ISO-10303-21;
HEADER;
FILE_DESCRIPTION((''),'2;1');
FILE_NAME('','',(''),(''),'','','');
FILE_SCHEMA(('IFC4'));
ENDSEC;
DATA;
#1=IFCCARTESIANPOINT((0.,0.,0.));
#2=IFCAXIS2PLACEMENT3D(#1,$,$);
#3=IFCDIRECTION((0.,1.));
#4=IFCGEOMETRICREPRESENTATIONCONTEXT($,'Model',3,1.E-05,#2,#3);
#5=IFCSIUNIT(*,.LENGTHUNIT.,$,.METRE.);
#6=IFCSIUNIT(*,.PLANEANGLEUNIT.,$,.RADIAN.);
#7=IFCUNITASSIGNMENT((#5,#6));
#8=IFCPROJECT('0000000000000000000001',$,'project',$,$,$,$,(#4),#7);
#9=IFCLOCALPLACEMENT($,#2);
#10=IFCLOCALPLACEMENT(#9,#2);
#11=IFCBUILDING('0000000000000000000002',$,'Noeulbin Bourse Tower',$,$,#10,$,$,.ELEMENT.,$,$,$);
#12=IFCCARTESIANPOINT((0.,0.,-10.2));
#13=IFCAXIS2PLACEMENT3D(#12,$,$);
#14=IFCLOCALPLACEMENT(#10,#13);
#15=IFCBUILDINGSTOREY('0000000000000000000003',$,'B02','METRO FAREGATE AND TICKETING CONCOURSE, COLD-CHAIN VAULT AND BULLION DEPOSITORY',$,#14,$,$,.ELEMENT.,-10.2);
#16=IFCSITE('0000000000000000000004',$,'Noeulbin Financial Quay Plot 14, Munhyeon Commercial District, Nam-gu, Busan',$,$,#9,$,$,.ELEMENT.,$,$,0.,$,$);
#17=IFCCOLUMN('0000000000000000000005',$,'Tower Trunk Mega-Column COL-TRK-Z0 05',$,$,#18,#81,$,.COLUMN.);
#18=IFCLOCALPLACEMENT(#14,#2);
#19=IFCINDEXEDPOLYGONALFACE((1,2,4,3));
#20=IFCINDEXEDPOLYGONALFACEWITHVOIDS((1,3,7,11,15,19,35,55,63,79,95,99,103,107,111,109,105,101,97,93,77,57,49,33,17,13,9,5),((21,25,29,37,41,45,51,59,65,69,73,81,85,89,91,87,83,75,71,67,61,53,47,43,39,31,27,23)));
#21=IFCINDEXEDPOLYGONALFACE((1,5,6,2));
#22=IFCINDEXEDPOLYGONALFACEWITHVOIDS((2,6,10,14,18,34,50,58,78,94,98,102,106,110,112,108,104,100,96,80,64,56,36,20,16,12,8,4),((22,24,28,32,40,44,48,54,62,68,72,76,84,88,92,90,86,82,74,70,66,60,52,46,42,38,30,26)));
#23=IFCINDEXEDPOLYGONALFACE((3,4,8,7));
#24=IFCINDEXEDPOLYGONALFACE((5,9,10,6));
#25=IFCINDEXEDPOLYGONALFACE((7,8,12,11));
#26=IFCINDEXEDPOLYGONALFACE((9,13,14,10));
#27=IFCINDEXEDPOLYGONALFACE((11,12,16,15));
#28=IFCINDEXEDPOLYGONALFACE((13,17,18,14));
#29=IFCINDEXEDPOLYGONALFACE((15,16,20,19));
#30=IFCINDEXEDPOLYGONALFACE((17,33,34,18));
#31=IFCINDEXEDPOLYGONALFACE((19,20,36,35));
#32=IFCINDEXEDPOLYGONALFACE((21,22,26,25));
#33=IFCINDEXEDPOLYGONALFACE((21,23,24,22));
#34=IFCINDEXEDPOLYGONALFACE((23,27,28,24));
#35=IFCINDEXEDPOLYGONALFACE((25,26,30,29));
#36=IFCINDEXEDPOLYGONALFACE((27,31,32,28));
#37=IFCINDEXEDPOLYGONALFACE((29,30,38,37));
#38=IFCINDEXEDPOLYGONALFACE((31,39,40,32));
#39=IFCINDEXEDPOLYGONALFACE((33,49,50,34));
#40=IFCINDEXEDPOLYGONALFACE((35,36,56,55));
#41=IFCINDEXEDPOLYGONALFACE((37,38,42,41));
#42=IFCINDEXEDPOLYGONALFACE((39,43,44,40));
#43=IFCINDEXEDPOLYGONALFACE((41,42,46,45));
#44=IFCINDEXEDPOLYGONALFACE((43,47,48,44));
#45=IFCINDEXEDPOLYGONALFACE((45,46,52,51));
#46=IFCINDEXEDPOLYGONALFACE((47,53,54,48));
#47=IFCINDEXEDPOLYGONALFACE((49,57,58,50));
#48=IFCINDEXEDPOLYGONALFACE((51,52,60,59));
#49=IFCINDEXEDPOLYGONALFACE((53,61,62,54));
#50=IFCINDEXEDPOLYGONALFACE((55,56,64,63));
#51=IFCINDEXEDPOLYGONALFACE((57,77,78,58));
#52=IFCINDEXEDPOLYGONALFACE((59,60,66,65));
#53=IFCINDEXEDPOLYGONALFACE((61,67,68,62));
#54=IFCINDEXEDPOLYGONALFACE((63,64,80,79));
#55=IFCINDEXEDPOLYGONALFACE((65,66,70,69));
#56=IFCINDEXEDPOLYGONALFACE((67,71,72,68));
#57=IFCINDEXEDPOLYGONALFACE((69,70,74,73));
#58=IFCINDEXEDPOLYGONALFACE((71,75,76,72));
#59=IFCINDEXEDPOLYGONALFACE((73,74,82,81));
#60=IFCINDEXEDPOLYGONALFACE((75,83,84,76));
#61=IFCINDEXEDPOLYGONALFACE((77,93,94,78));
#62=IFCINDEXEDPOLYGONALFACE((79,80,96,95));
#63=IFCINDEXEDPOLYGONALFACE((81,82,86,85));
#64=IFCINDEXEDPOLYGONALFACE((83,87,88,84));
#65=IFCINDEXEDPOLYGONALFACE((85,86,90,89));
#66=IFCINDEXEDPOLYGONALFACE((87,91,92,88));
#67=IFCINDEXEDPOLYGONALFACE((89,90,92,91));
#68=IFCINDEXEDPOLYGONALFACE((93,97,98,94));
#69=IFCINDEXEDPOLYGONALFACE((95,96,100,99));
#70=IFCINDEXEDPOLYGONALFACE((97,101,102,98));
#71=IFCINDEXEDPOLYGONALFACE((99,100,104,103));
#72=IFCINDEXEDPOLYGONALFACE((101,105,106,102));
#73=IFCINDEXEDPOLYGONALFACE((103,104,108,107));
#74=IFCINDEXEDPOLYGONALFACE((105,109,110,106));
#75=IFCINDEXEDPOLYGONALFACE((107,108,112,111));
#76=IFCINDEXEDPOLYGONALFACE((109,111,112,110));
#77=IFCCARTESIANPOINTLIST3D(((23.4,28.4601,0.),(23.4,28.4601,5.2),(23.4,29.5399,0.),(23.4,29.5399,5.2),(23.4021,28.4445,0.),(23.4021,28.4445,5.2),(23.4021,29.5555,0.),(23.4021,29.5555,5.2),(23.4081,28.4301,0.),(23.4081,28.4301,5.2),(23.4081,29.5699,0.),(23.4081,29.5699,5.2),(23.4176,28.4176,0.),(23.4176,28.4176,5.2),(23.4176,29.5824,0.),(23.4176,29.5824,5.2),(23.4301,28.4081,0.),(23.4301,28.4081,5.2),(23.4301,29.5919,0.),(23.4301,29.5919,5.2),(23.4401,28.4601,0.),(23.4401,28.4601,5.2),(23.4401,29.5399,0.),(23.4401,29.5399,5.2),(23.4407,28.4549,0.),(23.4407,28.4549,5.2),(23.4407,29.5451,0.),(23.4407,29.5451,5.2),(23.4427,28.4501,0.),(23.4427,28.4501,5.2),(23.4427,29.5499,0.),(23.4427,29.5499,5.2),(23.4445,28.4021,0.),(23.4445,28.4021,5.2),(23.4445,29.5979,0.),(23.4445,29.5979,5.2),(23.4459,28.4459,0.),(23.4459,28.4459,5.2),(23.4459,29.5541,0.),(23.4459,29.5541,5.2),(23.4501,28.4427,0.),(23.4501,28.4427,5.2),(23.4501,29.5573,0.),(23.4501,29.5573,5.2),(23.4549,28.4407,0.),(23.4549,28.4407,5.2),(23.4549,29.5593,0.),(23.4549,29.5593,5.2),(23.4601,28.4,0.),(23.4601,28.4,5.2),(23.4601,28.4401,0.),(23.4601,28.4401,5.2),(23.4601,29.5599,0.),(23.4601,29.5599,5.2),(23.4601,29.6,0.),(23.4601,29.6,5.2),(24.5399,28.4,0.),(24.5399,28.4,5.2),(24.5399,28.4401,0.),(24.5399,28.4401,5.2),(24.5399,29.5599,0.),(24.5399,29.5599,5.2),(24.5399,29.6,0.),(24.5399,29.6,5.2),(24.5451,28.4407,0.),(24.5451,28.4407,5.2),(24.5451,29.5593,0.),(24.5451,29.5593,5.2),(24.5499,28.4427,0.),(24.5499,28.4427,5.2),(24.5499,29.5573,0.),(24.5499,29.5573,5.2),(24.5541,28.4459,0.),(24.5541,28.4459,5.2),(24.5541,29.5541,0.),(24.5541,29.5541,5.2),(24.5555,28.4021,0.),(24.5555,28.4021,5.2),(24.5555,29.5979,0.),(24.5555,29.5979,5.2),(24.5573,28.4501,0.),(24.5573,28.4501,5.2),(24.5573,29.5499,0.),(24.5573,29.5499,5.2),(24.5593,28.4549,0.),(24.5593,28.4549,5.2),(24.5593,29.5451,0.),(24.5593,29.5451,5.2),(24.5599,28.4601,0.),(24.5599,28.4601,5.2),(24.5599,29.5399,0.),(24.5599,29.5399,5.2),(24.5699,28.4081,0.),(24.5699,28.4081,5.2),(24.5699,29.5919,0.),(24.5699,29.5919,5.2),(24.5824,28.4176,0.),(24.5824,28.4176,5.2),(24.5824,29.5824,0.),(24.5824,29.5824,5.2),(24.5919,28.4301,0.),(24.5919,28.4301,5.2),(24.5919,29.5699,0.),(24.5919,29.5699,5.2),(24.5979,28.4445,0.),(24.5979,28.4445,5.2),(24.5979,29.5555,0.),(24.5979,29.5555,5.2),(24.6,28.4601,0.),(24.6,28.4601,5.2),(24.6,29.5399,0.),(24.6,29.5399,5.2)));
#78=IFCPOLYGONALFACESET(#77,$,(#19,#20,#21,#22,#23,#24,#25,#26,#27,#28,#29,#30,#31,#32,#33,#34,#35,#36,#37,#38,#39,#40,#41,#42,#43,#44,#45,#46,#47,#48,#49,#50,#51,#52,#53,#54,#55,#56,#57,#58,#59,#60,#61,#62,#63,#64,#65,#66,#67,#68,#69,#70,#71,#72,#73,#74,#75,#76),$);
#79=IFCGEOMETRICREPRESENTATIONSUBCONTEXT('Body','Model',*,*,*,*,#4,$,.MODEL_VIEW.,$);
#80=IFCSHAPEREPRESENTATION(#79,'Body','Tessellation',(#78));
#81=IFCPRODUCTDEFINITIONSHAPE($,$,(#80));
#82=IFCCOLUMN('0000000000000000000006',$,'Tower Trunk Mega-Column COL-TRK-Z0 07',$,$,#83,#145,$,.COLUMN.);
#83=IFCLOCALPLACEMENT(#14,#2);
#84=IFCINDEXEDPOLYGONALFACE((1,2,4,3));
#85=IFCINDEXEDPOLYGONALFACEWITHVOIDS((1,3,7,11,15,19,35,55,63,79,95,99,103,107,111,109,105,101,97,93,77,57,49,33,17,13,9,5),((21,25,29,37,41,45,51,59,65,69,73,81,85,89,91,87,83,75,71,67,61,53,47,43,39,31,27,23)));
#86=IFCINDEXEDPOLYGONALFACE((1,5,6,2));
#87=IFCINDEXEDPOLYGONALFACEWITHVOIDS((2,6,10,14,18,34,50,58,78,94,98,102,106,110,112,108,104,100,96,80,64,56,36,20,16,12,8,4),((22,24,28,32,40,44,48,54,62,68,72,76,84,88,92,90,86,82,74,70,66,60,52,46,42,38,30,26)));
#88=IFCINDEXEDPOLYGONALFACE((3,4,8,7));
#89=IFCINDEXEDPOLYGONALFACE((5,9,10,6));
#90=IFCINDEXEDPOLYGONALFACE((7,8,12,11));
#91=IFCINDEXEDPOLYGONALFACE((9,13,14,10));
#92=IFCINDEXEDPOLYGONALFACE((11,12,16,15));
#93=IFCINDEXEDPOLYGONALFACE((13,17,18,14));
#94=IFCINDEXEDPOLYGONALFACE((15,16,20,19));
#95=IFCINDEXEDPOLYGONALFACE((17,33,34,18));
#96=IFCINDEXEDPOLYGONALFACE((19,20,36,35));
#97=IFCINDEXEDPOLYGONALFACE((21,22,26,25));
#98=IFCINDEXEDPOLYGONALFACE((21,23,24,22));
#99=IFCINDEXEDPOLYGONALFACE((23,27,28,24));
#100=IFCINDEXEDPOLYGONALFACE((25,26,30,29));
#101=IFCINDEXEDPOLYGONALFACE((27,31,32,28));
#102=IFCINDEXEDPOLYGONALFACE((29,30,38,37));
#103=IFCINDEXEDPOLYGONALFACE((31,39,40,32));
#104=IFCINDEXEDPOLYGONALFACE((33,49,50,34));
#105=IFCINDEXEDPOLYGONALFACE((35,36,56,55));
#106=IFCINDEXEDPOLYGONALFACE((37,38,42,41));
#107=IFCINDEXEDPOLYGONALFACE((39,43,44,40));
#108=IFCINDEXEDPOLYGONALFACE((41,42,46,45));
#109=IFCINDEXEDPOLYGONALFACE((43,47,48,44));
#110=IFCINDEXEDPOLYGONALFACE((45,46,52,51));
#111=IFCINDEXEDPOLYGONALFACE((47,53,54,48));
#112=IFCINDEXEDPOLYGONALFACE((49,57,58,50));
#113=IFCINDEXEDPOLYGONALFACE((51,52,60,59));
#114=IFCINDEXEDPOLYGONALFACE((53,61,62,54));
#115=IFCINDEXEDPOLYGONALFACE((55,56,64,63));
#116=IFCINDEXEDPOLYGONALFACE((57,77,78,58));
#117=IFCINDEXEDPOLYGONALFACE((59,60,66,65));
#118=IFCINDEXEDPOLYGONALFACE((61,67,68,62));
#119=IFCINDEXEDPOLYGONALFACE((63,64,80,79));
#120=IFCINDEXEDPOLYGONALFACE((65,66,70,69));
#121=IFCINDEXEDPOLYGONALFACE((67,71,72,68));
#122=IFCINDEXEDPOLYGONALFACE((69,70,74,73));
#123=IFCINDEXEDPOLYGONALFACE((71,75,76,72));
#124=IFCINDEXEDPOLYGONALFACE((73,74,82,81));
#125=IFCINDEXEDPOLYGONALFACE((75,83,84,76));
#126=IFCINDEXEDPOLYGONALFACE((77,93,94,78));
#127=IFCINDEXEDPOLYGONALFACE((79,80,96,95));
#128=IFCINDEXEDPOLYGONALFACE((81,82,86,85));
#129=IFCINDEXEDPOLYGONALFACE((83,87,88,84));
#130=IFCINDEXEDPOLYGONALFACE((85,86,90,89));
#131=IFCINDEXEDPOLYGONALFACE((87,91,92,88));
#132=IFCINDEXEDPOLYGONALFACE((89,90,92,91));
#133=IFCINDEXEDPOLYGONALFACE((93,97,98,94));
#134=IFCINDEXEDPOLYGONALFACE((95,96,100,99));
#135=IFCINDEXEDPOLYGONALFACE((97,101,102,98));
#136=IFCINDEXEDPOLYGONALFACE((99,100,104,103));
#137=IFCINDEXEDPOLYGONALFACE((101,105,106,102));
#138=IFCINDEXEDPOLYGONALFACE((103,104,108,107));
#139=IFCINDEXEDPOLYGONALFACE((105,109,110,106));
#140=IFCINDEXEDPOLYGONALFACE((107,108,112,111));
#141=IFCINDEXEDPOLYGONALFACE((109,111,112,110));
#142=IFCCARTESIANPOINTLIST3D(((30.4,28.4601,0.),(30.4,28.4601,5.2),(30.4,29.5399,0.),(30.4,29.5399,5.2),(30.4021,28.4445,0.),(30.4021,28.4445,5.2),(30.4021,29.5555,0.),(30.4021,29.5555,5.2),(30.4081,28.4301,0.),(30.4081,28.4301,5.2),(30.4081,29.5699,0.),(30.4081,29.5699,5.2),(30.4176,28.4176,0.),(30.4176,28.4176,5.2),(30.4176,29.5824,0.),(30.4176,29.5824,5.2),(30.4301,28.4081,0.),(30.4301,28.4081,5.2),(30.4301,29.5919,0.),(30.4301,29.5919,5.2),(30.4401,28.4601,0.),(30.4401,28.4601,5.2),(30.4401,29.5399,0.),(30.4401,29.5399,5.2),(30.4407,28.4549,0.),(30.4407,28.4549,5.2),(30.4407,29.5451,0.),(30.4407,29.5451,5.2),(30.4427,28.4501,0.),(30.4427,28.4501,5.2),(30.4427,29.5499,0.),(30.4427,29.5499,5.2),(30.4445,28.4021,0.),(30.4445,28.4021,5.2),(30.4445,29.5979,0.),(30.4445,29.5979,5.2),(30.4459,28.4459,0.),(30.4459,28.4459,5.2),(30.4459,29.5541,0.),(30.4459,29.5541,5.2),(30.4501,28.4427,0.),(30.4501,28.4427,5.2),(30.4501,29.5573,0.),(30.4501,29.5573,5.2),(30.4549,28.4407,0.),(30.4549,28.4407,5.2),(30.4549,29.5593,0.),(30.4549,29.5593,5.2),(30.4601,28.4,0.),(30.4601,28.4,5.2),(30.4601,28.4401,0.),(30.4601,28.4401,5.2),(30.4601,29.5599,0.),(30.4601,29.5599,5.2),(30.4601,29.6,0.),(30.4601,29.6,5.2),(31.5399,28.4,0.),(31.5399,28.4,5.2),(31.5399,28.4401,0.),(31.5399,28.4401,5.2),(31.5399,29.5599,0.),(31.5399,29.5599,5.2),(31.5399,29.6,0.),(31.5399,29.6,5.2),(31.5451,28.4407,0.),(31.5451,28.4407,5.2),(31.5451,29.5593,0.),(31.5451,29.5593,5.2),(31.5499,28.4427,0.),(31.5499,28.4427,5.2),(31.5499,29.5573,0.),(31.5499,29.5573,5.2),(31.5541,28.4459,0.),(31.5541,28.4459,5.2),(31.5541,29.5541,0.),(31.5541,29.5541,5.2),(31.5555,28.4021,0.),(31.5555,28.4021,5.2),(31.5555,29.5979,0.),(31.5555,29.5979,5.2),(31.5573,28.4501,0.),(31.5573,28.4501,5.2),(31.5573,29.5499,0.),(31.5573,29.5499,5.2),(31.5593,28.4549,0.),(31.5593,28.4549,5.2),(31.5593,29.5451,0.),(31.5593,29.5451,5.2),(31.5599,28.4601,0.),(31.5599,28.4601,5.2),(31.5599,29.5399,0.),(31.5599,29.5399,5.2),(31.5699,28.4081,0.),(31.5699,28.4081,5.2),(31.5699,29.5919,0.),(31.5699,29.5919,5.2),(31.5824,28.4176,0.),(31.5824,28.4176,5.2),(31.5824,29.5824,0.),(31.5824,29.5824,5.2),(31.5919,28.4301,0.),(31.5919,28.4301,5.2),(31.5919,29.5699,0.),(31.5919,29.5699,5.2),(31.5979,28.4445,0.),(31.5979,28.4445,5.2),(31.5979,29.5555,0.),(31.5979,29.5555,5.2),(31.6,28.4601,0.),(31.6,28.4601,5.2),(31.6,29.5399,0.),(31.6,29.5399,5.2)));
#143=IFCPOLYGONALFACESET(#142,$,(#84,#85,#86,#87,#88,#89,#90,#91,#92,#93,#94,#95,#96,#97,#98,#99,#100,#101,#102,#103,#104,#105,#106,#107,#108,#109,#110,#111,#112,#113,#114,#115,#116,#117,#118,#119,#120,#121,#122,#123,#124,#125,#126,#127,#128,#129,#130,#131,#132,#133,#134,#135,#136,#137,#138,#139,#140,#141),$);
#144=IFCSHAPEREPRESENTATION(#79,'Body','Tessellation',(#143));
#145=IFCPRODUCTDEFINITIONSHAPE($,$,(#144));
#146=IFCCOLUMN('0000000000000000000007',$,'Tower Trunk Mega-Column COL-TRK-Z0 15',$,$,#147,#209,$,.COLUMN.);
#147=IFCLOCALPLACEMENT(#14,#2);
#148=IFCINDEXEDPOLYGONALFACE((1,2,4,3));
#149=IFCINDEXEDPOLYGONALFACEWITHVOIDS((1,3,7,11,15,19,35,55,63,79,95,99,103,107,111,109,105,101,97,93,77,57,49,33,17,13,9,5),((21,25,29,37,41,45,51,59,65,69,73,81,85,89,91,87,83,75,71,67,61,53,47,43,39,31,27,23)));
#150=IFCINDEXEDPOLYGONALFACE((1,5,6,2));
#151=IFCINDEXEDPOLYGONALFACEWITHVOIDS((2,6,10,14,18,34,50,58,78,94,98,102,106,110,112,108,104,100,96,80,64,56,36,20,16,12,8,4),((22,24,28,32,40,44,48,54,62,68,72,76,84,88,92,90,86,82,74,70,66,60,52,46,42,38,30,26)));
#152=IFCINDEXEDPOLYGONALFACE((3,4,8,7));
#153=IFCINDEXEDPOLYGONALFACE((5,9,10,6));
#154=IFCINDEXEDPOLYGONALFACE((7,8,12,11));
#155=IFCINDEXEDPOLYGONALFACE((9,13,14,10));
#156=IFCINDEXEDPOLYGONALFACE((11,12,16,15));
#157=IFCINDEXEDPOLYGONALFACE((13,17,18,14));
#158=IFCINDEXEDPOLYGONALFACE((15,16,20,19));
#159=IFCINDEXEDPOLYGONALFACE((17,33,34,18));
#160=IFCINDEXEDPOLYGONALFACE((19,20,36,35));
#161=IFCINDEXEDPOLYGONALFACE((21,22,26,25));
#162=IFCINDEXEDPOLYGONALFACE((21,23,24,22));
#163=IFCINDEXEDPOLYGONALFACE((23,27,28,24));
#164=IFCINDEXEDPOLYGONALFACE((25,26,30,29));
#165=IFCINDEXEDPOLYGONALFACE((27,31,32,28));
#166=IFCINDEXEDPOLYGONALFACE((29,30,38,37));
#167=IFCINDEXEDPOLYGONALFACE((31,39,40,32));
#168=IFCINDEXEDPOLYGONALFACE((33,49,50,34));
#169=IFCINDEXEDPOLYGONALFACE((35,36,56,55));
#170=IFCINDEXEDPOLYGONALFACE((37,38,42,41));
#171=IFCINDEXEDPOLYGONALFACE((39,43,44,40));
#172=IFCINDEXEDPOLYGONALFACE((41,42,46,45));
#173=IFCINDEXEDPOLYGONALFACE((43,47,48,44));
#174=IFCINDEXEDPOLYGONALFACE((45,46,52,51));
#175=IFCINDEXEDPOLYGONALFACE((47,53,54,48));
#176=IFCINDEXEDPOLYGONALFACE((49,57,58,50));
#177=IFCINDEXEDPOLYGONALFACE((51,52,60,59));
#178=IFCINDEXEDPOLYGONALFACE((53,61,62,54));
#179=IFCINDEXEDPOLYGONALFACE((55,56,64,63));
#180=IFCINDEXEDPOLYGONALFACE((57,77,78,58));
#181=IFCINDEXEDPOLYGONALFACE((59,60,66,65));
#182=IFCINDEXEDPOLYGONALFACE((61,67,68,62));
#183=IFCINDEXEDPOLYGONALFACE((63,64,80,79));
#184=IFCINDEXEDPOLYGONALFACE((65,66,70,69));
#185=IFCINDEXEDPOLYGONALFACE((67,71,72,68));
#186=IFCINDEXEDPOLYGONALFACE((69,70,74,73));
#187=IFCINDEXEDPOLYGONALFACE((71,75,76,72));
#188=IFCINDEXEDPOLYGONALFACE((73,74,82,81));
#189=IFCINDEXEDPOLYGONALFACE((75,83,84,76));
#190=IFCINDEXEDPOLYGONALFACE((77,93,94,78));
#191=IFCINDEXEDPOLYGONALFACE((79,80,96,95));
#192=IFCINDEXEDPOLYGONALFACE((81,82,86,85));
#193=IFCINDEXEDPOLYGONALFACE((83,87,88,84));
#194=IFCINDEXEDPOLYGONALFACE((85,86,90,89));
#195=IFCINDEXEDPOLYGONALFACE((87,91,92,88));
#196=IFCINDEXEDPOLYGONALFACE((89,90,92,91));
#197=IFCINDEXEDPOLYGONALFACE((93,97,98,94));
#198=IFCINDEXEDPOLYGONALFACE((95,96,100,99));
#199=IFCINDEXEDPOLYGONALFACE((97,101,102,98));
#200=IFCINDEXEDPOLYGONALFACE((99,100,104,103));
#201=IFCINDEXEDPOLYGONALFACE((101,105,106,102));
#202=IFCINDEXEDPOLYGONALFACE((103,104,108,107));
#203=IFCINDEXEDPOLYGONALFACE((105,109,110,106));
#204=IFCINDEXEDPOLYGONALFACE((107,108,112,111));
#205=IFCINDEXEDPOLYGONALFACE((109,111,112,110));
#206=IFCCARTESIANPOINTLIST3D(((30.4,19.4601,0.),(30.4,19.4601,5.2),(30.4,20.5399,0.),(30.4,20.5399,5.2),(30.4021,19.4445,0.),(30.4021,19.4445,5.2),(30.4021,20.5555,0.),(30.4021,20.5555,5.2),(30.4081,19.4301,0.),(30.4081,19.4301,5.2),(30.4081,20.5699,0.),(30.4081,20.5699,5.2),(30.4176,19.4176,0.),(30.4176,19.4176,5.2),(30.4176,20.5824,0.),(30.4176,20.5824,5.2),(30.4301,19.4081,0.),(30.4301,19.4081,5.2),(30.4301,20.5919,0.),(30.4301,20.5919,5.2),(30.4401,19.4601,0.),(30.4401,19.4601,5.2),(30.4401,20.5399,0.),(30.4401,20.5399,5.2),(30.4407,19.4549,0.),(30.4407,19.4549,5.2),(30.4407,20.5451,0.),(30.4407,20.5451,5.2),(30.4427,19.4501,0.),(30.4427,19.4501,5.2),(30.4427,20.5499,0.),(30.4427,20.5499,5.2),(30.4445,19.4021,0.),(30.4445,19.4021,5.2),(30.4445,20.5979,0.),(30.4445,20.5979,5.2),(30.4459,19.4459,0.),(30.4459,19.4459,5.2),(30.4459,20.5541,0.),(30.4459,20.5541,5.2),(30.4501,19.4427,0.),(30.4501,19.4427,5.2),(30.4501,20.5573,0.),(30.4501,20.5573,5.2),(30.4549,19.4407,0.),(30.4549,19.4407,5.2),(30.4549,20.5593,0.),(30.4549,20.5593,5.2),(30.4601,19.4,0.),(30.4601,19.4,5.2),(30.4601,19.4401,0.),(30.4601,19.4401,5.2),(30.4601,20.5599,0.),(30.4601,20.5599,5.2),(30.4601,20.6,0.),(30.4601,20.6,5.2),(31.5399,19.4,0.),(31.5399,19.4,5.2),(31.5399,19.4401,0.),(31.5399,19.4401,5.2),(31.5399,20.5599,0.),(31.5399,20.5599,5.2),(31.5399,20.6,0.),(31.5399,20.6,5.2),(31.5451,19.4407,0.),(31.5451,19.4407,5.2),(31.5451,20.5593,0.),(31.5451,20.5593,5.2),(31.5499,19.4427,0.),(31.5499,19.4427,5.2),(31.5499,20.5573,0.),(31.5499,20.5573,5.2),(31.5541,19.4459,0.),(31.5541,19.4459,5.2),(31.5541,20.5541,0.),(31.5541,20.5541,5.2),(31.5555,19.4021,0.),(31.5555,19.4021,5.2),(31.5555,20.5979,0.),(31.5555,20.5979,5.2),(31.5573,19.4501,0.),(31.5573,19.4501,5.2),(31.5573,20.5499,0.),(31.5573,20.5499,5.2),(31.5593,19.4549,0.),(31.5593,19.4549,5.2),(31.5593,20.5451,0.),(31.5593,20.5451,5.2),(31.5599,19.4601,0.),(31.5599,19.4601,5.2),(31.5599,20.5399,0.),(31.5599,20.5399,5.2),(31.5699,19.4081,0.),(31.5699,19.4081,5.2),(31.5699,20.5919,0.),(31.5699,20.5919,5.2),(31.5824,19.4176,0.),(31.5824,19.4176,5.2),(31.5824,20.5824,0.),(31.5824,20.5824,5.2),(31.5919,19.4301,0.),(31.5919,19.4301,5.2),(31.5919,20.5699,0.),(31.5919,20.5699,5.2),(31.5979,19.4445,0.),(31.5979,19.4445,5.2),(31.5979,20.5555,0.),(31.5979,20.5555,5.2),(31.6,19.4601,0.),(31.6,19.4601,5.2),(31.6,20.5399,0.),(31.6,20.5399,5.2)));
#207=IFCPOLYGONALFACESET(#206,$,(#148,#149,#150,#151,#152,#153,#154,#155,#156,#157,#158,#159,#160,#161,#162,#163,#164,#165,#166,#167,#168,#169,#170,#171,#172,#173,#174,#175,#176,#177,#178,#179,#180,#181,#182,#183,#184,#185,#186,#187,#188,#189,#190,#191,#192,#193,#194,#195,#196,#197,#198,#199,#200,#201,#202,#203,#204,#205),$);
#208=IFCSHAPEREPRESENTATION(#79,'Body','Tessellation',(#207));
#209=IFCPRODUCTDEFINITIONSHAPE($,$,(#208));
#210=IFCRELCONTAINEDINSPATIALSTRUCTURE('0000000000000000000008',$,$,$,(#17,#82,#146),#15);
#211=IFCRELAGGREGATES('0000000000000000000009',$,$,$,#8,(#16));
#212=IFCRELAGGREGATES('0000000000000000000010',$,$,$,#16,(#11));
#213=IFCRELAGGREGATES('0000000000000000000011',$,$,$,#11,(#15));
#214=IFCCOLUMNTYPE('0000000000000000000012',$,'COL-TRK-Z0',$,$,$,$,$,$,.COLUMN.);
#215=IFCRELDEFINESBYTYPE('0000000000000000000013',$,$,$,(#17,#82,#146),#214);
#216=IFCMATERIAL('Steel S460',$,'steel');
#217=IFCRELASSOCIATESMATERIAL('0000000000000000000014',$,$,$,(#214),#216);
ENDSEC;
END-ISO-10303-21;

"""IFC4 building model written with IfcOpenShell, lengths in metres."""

from ifc_helpers import new_model, si_unit, direction, frame, origin, origin_2d, place, context, subcontext, project, spatial, hollow_rectangle, extrude, material, material_profile, profile_set, type_object, element, save


model = new_model("IFC4")

# Units and contexts
model_context = context("Model", 3, precision=1e-05, world=origin(), true_north=direction((0.0, 1.0)))
body_context = subcontext(model_context, "Body", "Model", "MODEL_VIEW")
ifc_project = project(units=[si_unit("LENGTHUNIT", "METRE"), si_unit("PLANEANGLEUNIT", "RADIAN")], contexts=[model_context])

# Site, building, storey
site_placement = place(None, origin())
site = spatial("IfcSite", under=ifc_project, at=site_placement, Name="Noeulbin Financial Quay Plot 14, Munhyeon Commercial District, Nam-gu, Busan", CompositionType="ELEMENT", RefElevation=0.0)
building_placement = place(site_placement, origin())
building = spatial("IfcBuilding", under=site, at=building_placement, Name="Noeulbin Bourse Tower", CompositionType="ELEMENT")
storey_placement = place(building_placement, frame((0.0, 0.0, -10.2)))
storey = spatial("IfcBuildingStorey", under=building, at=storey_placement, Name="B02", Description="METRO FAREGATE AND TICKETING CONCOURSE, COLD-CHAIN VAULT AND BULLION DEPOSITORY", CompositionType="ELEMENT", Elevation=-10.2)

# Columns
ifc_material_1 = material(Name="Steel S460", Category="steel")
ifc_material_profile_1 = material_profile(ifc_material_1, hollow_rectangle(XDim=1.2, YDim=1.2, WallThickness=0.04, InnerFilletRadius=0.02, OuterFilletRadius=0.0601, at=origin_2d()), Name="BOX-1200x1200x40", Category="LoadBearing")
ifc_profile_set_1 = profile_set([ifc_material_profile_1], Name="Steel S460")
column_type = type_object("IfcColumnType", Name="COL-TRK-Z0", PredefinedType="COLUMN", material=ifc_profile_set_1)
for number, where, z_axis, x_axis, name in (
    (1, (24.0, 29.0, 0.0), (0.0, 0.0, 1.0), (1.0, 0.0, 0.0), "Tower Trunk Mega-Column COL-TRK-Z0 05"),
    (2, (31.0, 29.0, 0.0), (0.0, 0.0, 1.0), (1.0, 0.0, 0.0), "Tower Trunk Mega-Column COL-TRK-Z0 07"),
    (3, (31.0, 20.0, 0.0), (0.0, 0.0, 1.0), (1.0, 0.0, 0.0), "Tower Trunk Mega-Column COL-TRK-Z0 15"),
):
    element("IfcColumn", number, at=place(storey_placement, frame(where, z_axis=z_axis, x_axis=x_axis)), inside=storey, type_object=column_type, Name=name, PredefinedType="COLUMN", context=body_context, shape_type="SweptSolid", body=[
        extrude(hollow_rectangle(XDim=1.2, YDim=1.2, WallThickness=0.04, InnerFilletRadius=0.02, OuterFilletRadius=0.0601, at=origin_2d()), origin(), (0.0, 0.0, 1.0), 5.2),
    ])

save(model, "model.ifc")
